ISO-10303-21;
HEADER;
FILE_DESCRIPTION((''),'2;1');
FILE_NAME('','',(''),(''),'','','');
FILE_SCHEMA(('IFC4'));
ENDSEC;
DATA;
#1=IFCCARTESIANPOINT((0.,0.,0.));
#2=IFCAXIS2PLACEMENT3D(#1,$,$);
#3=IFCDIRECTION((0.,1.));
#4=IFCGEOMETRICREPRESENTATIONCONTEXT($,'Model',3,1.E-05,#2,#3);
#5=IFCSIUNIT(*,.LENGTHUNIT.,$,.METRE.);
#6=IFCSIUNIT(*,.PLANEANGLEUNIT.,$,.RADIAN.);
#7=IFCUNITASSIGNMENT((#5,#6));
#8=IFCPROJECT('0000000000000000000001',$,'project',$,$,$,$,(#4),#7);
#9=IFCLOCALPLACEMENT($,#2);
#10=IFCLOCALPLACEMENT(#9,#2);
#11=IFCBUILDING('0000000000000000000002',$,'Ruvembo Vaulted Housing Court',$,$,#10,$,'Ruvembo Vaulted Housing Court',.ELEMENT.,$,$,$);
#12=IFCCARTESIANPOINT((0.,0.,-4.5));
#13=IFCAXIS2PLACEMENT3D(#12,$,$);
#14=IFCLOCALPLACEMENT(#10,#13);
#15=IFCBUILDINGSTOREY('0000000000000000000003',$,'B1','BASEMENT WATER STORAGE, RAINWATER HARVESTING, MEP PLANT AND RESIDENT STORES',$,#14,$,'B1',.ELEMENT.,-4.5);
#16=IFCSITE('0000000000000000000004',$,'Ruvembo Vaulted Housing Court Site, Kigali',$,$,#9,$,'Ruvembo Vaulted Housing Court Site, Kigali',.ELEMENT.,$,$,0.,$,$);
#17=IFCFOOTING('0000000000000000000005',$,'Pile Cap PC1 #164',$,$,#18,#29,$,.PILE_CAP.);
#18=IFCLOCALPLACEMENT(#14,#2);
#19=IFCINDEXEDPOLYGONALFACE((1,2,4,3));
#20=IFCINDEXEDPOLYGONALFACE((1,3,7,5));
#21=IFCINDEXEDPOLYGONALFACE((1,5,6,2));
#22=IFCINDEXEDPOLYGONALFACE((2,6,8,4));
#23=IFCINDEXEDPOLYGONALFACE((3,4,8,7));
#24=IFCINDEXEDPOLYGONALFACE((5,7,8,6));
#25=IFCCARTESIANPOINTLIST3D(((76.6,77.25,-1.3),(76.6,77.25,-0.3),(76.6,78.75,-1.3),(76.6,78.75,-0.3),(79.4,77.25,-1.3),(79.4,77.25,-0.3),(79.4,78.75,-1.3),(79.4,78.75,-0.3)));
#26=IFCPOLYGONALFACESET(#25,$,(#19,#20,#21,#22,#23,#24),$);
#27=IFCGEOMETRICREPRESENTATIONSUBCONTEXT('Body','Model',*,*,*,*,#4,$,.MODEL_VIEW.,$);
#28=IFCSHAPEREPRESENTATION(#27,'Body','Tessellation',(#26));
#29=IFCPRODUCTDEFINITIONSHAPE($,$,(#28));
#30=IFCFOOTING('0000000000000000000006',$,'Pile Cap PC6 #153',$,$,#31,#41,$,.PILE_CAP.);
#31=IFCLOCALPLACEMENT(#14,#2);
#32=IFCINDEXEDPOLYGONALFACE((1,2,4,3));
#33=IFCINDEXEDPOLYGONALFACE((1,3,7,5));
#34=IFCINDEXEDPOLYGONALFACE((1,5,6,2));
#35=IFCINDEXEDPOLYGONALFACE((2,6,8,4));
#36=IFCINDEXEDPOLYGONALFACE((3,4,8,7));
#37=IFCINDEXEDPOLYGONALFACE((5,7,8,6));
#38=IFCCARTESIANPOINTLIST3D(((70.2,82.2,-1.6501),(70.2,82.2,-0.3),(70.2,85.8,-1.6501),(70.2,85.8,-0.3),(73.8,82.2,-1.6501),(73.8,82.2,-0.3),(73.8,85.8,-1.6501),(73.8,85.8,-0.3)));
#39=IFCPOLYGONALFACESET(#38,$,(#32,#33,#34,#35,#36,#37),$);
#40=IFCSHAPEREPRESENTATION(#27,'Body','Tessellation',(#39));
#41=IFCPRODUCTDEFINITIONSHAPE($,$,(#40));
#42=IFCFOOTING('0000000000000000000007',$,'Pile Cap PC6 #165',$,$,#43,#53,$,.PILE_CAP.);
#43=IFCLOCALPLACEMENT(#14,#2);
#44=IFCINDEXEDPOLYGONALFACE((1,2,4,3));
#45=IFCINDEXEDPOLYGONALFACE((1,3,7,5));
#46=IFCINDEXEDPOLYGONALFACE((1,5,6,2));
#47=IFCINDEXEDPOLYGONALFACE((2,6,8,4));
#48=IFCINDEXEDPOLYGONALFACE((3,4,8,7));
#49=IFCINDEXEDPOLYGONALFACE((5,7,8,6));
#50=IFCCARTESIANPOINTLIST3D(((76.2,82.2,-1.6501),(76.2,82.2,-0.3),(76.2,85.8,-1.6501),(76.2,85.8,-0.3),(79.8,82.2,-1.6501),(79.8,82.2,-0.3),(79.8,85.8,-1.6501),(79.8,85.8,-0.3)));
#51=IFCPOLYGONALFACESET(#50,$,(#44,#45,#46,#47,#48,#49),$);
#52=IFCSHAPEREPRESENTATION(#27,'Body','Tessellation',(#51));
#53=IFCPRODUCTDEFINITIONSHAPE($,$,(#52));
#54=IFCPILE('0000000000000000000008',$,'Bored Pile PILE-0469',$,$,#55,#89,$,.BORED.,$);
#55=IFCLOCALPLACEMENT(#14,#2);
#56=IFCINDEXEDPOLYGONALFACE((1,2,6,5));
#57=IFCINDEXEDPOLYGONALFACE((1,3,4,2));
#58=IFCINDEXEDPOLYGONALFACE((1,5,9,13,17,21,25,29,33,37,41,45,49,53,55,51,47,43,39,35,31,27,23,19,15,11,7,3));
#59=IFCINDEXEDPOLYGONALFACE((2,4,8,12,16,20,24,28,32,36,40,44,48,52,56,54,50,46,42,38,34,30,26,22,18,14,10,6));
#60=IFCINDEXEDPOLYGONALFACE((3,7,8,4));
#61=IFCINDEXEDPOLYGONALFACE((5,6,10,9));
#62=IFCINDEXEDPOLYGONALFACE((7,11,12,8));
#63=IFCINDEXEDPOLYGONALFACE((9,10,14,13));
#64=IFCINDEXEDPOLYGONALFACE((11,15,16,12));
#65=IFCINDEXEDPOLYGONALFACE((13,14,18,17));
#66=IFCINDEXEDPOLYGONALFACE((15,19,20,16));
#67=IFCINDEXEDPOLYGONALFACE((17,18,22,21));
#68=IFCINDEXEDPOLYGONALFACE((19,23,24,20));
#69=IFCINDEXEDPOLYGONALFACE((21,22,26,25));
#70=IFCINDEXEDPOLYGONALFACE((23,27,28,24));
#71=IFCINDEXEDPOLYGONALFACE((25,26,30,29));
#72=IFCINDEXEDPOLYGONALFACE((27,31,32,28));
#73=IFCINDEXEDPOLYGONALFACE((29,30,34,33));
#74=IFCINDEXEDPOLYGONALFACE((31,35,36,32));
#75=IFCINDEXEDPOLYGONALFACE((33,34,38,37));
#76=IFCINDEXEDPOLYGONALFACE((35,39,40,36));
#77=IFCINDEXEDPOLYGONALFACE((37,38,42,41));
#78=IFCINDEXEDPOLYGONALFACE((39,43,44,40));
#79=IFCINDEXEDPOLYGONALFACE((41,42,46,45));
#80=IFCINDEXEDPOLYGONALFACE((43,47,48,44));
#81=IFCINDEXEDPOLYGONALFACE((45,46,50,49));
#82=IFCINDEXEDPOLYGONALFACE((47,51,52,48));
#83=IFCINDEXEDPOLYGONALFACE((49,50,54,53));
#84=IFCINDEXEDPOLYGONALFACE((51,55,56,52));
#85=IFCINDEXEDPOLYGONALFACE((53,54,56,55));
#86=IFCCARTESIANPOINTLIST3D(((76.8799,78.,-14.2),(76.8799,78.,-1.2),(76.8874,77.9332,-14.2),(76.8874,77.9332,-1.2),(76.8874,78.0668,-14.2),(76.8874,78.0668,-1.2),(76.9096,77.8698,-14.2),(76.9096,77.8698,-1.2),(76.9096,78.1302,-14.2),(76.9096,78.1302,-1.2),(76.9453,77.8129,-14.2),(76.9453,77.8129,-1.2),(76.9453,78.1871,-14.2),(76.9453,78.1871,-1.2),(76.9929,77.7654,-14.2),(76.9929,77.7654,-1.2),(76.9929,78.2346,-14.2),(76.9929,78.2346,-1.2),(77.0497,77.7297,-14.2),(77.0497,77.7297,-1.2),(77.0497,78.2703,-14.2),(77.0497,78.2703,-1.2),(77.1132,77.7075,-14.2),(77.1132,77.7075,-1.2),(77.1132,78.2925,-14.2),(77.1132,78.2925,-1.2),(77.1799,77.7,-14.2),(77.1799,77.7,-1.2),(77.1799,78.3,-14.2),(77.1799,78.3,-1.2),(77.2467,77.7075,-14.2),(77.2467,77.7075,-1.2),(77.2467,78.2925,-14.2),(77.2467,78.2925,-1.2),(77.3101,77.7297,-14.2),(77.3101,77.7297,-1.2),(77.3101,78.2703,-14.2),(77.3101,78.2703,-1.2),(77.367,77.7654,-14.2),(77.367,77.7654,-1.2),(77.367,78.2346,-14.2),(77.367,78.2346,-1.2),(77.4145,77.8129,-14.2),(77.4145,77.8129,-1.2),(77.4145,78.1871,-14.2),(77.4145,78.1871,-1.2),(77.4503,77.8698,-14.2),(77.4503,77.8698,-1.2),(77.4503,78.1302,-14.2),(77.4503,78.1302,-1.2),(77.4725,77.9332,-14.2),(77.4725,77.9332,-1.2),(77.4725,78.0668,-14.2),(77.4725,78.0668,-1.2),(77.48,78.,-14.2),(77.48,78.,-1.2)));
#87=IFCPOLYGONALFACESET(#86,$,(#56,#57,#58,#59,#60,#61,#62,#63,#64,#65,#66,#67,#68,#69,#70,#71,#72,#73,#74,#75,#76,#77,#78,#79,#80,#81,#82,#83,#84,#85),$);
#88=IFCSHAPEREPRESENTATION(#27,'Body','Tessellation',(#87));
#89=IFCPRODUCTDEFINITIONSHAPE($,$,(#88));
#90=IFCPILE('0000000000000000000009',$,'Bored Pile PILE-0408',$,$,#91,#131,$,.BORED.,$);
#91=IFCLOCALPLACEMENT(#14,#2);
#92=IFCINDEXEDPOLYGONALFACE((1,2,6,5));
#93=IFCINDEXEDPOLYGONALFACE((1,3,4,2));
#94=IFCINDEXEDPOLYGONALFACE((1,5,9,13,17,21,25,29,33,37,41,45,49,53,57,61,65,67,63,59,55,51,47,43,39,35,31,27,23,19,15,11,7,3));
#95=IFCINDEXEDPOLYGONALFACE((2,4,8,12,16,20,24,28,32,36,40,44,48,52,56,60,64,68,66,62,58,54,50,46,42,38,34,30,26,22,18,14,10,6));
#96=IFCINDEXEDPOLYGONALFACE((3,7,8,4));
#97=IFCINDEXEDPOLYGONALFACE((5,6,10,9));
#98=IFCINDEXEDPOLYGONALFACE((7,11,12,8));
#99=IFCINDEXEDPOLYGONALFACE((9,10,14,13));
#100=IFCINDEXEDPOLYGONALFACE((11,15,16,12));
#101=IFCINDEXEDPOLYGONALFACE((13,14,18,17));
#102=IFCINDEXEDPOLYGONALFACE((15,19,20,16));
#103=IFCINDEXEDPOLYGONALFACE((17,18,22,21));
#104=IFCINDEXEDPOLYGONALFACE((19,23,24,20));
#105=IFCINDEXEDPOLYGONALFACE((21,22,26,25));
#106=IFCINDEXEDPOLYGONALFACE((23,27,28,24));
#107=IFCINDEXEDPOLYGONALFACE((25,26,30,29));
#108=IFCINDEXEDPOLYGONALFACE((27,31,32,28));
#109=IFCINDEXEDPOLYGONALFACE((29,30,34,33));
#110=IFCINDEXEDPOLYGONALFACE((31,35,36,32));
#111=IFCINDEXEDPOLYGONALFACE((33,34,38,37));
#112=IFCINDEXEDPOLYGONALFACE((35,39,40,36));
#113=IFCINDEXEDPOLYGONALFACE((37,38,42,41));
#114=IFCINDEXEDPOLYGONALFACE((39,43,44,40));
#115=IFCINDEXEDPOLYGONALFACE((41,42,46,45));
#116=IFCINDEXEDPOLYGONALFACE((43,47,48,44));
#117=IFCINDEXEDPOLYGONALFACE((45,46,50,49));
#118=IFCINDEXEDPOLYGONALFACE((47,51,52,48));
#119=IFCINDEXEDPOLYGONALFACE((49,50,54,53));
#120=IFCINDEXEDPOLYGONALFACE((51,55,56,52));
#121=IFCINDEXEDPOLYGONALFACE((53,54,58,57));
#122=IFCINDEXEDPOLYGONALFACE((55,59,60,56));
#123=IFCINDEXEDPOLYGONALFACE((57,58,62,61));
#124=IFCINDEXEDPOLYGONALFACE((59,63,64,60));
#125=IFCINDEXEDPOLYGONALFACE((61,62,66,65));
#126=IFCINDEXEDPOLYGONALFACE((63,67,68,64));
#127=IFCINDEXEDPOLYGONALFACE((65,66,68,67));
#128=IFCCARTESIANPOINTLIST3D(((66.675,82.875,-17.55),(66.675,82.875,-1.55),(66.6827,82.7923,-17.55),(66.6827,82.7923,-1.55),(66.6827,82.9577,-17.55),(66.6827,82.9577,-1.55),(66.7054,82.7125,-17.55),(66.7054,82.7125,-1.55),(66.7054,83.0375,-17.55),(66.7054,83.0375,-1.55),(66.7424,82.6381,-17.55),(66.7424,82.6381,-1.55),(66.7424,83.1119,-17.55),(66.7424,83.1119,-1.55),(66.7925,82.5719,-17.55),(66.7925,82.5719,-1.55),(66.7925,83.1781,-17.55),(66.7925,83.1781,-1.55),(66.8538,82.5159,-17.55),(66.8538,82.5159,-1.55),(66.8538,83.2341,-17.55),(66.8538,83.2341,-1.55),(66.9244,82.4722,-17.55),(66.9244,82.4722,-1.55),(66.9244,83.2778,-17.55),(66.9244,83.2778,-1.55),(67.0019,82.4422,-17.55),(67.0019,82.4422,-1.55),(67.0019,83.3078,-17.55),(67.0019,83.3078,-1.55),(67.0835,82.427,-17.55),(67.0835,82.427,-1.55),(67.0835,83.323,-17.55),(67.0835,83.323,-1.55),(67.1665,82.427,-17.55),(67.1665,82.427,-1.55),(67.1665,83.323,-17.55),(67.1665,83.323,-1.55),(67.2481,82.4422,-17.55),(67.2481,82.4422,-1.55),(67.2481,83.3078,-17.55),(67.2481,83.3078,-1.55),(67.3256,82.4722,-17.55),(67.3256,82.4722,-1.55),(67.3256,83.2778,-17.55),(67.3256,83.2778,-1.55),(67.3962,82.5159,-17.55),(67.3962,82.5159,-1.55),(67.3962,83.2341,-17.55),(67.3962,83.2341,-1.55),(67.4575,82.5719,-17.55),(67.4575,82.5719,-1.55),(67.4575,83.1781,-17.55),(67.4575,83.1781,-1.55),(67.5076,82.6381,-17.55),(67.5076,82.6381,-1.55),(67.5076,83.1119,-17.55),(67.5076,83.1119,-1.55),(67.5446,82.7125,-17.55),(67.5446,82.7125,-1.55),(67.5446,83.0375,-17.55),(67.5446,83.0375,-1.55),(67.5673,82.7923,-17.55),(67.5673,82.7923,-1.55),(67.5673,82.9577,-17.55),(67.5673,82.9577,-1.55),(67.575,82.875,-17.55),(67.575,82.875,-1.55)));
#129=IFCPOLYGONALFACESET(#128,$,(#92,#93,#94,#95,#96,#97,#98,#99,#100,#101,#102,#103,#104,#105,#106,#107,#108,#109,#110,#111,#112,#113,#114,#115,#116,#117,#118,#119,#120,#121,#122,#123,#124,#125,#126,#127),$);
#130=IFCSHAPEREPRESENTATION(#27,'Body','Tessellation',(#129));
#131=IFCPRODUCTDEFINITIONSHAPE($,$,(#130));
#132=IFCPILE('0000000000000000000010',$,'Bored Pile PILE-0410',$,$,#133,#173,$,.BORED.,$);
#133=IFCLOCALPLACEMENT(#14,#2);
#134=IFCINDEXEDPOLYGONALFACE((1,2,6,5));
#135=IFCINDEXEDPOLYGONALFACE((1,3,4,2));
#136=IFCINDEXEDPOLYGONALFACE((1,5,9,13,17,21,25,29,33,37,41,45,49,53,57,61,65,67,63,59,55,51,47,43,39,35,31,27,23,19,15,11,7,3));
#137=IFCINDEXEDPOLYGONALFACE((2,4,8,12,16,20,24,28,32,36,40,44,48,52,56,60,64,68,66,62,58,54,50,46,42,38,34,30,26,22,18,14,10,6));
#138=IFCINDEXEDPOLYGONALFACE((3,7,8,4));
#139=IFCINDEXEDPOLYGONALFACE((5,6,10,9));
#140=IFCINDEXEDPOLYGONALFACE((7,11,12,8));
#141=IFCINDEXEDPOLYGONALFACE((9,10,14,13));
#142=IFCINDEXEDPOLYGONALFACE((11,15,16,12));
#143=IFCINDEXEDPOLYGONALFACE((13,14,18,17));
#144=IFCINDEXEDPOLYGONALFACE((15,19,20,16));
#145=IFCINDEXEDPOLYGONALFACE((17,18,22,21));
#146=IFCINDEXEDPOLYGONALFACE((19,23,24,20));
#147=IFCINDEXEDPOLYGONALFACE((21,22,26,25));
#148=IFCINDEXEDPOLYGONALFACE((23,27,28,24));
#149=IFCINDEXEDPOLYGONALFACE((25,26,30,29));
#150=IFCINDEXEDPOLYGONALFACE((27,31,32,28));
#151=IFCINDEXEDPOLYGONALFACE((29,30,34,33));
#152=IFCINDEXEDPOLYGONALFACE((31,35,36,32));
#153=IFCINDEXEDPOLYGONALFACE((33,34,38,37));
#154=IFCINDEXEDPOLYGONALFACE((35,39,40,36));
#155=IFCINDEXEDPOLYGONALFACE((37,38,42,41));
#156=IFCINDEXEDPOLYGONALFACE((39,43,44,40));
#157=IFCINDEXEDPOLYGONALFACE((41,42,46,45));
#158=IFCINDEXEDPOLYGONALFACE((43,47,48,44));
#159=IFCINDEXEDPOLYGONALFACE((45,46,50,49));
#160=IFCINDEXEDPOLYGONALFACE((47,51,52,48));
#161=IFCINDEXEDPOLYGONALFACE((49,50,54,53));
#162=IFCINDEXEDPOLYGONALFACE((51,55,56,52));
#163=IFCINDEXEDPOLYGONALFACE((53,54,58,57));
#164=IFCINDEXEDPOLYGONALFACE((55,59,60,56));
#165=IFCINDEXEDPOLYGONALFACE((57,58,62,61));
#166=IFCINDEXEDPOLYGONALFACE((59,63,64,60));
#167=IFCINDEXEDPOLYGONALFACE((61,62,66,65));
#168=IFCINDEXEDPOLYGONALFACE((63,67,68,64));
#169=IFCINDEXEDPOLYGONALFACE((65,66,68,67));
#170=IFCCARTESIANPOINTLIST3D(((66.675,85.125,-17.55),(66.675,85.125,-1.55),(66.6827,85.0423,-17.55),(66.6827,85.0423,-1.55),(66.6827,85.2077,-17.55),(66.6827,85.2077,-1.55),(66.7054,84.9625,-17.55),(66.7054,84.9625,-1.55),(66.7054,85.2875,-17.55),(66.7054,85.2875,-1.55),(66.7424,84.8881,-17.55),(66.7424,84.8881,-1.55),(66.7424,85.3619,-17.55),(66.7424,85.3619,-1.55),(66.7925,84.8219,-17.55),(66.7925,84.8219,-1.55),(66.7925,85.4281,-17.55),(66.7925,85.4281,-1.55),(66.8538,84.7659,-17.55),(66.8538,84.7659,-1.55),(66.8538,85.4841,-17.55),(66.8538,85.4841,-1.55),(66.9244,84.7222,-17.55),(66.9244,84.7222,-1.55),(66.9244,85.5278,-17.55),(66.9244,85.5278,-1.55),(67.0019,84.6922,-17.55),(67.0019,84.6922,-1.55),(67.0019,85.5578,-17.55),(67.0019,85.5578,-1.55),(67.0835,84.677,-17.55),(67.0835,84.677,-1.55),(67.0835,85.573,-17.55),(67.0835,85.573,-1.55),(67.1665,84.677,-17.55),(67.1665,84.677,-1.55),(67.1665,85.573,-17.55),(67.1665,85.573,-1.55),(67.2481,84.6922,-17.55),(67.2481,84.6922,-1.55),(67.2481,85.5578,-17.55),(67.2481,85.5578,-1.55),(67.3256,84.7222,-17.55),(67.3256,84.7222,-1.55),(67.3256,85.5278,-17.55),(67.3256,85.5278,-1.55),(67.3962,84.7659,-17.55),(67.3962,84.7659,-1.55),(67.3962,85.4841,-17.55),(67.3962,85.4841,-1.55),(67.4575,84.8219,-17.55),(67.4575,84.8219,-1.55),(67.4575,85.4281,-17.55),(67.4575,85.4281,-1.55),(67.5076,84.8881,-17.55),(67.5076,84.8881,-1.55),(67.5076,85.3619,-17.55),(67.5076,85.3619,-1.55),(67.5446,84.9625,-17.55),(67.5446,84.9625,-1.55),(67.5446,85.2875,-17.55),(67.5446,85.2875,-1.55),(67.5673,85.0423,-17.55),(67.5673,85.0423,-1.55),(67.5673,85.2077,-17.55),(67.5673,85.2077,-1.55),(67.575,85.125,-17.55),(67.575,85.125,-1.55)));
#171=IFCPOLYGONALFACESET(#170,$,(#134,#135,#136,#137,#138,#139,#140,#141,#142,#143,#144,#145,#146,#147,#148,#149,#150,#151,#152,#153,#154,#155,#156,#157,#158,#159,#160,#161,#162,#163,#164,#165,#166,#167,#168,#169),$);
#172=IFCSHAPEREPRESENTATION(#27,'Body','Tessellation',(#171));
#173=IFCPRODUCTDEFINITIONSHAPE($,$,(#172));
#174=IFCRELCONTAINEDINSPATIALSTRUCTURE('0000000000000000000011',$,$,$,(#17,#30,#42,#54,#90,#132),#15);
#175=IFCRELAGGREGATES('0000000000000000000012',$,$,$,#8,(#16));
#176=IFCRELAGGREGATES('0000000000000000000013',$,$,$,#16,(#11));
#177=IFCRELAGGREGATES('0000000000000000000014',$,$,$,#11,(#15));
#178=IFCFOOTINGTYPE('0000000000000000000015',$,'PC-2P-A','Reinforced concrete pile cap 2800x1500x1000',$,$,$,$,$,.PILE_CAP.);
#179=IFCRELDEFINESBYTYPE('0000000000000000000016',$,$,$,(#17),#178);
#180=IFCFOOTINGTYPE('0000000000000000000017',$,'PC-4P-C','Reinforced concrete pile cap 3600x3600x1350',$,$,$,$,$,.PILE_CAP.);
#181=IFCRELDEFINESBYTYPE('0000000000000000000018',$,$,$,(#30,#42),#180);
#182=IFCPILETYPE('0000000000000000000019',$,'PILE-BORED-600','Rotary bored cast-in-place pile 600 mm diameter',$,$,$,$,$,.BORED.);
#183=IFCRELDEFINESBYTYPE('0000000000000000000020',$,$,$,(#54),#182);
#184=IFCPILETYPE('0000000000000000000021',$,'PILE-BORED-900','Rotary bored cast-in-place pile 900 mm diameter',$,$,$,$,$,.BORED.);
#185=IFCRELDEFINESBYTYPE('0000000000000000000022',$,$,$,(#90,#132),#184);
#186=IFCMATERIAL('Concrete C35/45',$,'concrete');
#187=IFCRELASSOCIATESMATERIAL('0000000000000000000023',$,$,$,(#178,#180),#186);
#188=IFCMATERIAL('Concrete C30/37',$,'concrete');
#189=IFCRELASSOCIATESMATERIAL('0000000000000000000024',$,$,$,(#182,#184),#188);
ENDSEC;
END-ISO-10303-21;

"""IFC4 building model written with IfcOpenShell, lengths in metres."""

from ifc_helpers import new_model, si_unit, direction, frame, origin, origin_2d, place, context, subcontext, project, spatial, rectangle, circle, extrude, material, material_profile, profile_set, type_object, element, save


model = new_model("IFC4")

# Units and contexts
model_context = context("Model", 3, precision=1e-05, world=origin(), true_north=direction((0.0, 1.0)))
body_context = subcontext(model_context, "Body", "Model", "MODEL_VIEW")
ifc_project = project(units=[si_unit("LENGTHUNIT", "METRE"), si_unit("PLANEANGLEUNIT", "RADIAN")], contexts=[model_context])

# Site, building, storey
site_placement = place(None, origin())
site = spatial("IfcSite", under=ifc_project, at=site_placement, Name="Ruvembo Vaulted Housing Court Site, Kigali", LongName="Ruvembo Vaulted Housing Court Site, Kigali", CompositionType="ELEMENT", RefElevation=0.0)
building_placement = place(site_placement, origin())
building = spatial("IfcBuilding", under=site, at=building_placement, Name="Ruvembo Vaulted Housing Court", LongName="Ruvembo Vaulted Housing Court", CompositionType="ELEMENT")
storey_placement = place(building_placement, frame((0.0, 0.0, -4.5)))
storey = spatial("IfcBuildingStorey", under=building, at=storey_placement, Name="B1", Description="BASEMENT WATER STORAGE, RAINWATER HARVESTING, MEP PLANT AND RESIDENT STORES", LongName="B1", CompositionType="ELEMENT", Elevation=-4.5)

# Footings
ifc_material_1 = material(Name="Concrete C35/45", Category="concrete")
footing_type_1 = type_object("IfcFootingType", Name="PC-2P-A", Description="Reinforced concrete pile cap 2800x1500x1000", PredefinedType="PILE_CAP", material=ifc_material_1)
footing_placement = place(storey_placement, frame((78.0, 78.0, -1.3), z_axis=(0.0, 0.0, 1.0), x_axis=(1.0, 0.0, 0.0)))
element("IfcFooting", 1, at=footing_placement, inside=storey, type_object=footing_type_1, Name="Pile Cap PC1 #164", PredefinedType="PILE_CAP", context=body_context, shape_type="SweptSolid", body=[
    extrude(rectangle(XDim=2.8, YDim=1.5, at=origin_2d()), origin(), (0.0, 0.0, 1.0), 1.0),
])
footing_type_2 = type_object("IfcFootingType", Name="PC-4P-C", Description="Reinforced concrete pile cap 3600x3600x1350", PredefinedType="PILE_CAP", material=ifc_material_1)
for number, where, z_axis, x_axis, name in (
    (2, (72.0, 84.0, -1.6501), (0.0, 0.0, 1.0), (1.0, 0.0, 0.0), "Pile Cap PC6 #153"),
    (3, (78.0, 84.0, -1.6501), (0.0, 0.0, 1.0), (1.0, 0.0, 0.0), "Pile Cap PC6 #165"),
):
    element("IfcFooting", number, at=place(storey_placement, frame(where, z_axis=z_axis, x_axis=x_axis)), inside=storey, type_object=footing_type_2, Name=name, PredefinedType="PILE_CAP", context=body_context, shape_type="SweptSolid", body=[
        extrude(rectangle(XDim=3.6001, YDim=3.6001, at=origin_2d()), origin(), (0.0, 0.0, 1.0), 1.3501),
    ])

# Piles
ifc_material_2 = material(Name="Concrete C30/37", Category="concrete")
ifc_material_profile_1 = material_profile(ifc_material_2, circle(Radius=0.3, at=origin_2d()), Name="PILE D600")
ifc_profile_set_1 = profile_set([ifc_material_profile_1], Name="Concrete C30/37")
pile_type_1 = type_object("IfcPileType", Name="PILE-BORED-600", Description="Rotary bored cast-in-place pile 600 mm diameter", PredefinedType="BORED", material=ifc_profile_set_1)
pile_placement = place(storey_placement, frame((77.1799, 78.0, -1.2), z_axis=(0.0, 0.0, -1.0), x_axis=(1.0, 0.0, 0.0)))
element("IfcPile", 4, at=pile_placement, inside=storey, type_object=pile_type_1, Name="Bored Pile PILE-0469", PredefinedType="BORED", context=body_context, shape_type="SweptSolid", body=[
    extrude(circle(Radius=0.3, at=origin_2d()), origin(), (0.0, 0.0, 1.0), 13.0),
])
ifc_material_profile_2 = material_profile(ifc_material_2, circle(Radius=0.45, at=origin_2d()), Name="PILE D900")
ifc_profile_set_2 = profile_set([ifc_material_profile_2], Name="Concrete C30/37")
pile_type_2 = type_object("IfcPileType", Name="PILE-BORED-900", Description="Rotary bored cast-in-place pile 900 mm diameter", PredefinedType="BORED", material=ifc_profile_set_2)
for number, where, z_axis, x_axis, name in (
    (5, (67.125, 82.875, -1.55), (0.0, 0.0, -1.0), (1.0, 0.0, 0.0), "Bored Pile PILE-0408"),
    (6, (67.125, 85.125, -1.55), (0.0, 0.0, -1.0), (1.0, 0.0, 0.0), "Bored Pile PILE-0410"),
):
    element("IfcPile", number, at=place(storey_placement, frame(where, z_axis=z_axis, x_axis=x_axis)), inside=storey, type_object=pile_type_2, Name=name, PredefinedType="BORED", context=body_context, shape_type="SweptSolid", body=[
        extrude(circle(Radius=0.45, at=origin_2d()), origin(), (0.0, 0.0, 1.0), 16.0),
    ])

save(model, "model.ifc")
